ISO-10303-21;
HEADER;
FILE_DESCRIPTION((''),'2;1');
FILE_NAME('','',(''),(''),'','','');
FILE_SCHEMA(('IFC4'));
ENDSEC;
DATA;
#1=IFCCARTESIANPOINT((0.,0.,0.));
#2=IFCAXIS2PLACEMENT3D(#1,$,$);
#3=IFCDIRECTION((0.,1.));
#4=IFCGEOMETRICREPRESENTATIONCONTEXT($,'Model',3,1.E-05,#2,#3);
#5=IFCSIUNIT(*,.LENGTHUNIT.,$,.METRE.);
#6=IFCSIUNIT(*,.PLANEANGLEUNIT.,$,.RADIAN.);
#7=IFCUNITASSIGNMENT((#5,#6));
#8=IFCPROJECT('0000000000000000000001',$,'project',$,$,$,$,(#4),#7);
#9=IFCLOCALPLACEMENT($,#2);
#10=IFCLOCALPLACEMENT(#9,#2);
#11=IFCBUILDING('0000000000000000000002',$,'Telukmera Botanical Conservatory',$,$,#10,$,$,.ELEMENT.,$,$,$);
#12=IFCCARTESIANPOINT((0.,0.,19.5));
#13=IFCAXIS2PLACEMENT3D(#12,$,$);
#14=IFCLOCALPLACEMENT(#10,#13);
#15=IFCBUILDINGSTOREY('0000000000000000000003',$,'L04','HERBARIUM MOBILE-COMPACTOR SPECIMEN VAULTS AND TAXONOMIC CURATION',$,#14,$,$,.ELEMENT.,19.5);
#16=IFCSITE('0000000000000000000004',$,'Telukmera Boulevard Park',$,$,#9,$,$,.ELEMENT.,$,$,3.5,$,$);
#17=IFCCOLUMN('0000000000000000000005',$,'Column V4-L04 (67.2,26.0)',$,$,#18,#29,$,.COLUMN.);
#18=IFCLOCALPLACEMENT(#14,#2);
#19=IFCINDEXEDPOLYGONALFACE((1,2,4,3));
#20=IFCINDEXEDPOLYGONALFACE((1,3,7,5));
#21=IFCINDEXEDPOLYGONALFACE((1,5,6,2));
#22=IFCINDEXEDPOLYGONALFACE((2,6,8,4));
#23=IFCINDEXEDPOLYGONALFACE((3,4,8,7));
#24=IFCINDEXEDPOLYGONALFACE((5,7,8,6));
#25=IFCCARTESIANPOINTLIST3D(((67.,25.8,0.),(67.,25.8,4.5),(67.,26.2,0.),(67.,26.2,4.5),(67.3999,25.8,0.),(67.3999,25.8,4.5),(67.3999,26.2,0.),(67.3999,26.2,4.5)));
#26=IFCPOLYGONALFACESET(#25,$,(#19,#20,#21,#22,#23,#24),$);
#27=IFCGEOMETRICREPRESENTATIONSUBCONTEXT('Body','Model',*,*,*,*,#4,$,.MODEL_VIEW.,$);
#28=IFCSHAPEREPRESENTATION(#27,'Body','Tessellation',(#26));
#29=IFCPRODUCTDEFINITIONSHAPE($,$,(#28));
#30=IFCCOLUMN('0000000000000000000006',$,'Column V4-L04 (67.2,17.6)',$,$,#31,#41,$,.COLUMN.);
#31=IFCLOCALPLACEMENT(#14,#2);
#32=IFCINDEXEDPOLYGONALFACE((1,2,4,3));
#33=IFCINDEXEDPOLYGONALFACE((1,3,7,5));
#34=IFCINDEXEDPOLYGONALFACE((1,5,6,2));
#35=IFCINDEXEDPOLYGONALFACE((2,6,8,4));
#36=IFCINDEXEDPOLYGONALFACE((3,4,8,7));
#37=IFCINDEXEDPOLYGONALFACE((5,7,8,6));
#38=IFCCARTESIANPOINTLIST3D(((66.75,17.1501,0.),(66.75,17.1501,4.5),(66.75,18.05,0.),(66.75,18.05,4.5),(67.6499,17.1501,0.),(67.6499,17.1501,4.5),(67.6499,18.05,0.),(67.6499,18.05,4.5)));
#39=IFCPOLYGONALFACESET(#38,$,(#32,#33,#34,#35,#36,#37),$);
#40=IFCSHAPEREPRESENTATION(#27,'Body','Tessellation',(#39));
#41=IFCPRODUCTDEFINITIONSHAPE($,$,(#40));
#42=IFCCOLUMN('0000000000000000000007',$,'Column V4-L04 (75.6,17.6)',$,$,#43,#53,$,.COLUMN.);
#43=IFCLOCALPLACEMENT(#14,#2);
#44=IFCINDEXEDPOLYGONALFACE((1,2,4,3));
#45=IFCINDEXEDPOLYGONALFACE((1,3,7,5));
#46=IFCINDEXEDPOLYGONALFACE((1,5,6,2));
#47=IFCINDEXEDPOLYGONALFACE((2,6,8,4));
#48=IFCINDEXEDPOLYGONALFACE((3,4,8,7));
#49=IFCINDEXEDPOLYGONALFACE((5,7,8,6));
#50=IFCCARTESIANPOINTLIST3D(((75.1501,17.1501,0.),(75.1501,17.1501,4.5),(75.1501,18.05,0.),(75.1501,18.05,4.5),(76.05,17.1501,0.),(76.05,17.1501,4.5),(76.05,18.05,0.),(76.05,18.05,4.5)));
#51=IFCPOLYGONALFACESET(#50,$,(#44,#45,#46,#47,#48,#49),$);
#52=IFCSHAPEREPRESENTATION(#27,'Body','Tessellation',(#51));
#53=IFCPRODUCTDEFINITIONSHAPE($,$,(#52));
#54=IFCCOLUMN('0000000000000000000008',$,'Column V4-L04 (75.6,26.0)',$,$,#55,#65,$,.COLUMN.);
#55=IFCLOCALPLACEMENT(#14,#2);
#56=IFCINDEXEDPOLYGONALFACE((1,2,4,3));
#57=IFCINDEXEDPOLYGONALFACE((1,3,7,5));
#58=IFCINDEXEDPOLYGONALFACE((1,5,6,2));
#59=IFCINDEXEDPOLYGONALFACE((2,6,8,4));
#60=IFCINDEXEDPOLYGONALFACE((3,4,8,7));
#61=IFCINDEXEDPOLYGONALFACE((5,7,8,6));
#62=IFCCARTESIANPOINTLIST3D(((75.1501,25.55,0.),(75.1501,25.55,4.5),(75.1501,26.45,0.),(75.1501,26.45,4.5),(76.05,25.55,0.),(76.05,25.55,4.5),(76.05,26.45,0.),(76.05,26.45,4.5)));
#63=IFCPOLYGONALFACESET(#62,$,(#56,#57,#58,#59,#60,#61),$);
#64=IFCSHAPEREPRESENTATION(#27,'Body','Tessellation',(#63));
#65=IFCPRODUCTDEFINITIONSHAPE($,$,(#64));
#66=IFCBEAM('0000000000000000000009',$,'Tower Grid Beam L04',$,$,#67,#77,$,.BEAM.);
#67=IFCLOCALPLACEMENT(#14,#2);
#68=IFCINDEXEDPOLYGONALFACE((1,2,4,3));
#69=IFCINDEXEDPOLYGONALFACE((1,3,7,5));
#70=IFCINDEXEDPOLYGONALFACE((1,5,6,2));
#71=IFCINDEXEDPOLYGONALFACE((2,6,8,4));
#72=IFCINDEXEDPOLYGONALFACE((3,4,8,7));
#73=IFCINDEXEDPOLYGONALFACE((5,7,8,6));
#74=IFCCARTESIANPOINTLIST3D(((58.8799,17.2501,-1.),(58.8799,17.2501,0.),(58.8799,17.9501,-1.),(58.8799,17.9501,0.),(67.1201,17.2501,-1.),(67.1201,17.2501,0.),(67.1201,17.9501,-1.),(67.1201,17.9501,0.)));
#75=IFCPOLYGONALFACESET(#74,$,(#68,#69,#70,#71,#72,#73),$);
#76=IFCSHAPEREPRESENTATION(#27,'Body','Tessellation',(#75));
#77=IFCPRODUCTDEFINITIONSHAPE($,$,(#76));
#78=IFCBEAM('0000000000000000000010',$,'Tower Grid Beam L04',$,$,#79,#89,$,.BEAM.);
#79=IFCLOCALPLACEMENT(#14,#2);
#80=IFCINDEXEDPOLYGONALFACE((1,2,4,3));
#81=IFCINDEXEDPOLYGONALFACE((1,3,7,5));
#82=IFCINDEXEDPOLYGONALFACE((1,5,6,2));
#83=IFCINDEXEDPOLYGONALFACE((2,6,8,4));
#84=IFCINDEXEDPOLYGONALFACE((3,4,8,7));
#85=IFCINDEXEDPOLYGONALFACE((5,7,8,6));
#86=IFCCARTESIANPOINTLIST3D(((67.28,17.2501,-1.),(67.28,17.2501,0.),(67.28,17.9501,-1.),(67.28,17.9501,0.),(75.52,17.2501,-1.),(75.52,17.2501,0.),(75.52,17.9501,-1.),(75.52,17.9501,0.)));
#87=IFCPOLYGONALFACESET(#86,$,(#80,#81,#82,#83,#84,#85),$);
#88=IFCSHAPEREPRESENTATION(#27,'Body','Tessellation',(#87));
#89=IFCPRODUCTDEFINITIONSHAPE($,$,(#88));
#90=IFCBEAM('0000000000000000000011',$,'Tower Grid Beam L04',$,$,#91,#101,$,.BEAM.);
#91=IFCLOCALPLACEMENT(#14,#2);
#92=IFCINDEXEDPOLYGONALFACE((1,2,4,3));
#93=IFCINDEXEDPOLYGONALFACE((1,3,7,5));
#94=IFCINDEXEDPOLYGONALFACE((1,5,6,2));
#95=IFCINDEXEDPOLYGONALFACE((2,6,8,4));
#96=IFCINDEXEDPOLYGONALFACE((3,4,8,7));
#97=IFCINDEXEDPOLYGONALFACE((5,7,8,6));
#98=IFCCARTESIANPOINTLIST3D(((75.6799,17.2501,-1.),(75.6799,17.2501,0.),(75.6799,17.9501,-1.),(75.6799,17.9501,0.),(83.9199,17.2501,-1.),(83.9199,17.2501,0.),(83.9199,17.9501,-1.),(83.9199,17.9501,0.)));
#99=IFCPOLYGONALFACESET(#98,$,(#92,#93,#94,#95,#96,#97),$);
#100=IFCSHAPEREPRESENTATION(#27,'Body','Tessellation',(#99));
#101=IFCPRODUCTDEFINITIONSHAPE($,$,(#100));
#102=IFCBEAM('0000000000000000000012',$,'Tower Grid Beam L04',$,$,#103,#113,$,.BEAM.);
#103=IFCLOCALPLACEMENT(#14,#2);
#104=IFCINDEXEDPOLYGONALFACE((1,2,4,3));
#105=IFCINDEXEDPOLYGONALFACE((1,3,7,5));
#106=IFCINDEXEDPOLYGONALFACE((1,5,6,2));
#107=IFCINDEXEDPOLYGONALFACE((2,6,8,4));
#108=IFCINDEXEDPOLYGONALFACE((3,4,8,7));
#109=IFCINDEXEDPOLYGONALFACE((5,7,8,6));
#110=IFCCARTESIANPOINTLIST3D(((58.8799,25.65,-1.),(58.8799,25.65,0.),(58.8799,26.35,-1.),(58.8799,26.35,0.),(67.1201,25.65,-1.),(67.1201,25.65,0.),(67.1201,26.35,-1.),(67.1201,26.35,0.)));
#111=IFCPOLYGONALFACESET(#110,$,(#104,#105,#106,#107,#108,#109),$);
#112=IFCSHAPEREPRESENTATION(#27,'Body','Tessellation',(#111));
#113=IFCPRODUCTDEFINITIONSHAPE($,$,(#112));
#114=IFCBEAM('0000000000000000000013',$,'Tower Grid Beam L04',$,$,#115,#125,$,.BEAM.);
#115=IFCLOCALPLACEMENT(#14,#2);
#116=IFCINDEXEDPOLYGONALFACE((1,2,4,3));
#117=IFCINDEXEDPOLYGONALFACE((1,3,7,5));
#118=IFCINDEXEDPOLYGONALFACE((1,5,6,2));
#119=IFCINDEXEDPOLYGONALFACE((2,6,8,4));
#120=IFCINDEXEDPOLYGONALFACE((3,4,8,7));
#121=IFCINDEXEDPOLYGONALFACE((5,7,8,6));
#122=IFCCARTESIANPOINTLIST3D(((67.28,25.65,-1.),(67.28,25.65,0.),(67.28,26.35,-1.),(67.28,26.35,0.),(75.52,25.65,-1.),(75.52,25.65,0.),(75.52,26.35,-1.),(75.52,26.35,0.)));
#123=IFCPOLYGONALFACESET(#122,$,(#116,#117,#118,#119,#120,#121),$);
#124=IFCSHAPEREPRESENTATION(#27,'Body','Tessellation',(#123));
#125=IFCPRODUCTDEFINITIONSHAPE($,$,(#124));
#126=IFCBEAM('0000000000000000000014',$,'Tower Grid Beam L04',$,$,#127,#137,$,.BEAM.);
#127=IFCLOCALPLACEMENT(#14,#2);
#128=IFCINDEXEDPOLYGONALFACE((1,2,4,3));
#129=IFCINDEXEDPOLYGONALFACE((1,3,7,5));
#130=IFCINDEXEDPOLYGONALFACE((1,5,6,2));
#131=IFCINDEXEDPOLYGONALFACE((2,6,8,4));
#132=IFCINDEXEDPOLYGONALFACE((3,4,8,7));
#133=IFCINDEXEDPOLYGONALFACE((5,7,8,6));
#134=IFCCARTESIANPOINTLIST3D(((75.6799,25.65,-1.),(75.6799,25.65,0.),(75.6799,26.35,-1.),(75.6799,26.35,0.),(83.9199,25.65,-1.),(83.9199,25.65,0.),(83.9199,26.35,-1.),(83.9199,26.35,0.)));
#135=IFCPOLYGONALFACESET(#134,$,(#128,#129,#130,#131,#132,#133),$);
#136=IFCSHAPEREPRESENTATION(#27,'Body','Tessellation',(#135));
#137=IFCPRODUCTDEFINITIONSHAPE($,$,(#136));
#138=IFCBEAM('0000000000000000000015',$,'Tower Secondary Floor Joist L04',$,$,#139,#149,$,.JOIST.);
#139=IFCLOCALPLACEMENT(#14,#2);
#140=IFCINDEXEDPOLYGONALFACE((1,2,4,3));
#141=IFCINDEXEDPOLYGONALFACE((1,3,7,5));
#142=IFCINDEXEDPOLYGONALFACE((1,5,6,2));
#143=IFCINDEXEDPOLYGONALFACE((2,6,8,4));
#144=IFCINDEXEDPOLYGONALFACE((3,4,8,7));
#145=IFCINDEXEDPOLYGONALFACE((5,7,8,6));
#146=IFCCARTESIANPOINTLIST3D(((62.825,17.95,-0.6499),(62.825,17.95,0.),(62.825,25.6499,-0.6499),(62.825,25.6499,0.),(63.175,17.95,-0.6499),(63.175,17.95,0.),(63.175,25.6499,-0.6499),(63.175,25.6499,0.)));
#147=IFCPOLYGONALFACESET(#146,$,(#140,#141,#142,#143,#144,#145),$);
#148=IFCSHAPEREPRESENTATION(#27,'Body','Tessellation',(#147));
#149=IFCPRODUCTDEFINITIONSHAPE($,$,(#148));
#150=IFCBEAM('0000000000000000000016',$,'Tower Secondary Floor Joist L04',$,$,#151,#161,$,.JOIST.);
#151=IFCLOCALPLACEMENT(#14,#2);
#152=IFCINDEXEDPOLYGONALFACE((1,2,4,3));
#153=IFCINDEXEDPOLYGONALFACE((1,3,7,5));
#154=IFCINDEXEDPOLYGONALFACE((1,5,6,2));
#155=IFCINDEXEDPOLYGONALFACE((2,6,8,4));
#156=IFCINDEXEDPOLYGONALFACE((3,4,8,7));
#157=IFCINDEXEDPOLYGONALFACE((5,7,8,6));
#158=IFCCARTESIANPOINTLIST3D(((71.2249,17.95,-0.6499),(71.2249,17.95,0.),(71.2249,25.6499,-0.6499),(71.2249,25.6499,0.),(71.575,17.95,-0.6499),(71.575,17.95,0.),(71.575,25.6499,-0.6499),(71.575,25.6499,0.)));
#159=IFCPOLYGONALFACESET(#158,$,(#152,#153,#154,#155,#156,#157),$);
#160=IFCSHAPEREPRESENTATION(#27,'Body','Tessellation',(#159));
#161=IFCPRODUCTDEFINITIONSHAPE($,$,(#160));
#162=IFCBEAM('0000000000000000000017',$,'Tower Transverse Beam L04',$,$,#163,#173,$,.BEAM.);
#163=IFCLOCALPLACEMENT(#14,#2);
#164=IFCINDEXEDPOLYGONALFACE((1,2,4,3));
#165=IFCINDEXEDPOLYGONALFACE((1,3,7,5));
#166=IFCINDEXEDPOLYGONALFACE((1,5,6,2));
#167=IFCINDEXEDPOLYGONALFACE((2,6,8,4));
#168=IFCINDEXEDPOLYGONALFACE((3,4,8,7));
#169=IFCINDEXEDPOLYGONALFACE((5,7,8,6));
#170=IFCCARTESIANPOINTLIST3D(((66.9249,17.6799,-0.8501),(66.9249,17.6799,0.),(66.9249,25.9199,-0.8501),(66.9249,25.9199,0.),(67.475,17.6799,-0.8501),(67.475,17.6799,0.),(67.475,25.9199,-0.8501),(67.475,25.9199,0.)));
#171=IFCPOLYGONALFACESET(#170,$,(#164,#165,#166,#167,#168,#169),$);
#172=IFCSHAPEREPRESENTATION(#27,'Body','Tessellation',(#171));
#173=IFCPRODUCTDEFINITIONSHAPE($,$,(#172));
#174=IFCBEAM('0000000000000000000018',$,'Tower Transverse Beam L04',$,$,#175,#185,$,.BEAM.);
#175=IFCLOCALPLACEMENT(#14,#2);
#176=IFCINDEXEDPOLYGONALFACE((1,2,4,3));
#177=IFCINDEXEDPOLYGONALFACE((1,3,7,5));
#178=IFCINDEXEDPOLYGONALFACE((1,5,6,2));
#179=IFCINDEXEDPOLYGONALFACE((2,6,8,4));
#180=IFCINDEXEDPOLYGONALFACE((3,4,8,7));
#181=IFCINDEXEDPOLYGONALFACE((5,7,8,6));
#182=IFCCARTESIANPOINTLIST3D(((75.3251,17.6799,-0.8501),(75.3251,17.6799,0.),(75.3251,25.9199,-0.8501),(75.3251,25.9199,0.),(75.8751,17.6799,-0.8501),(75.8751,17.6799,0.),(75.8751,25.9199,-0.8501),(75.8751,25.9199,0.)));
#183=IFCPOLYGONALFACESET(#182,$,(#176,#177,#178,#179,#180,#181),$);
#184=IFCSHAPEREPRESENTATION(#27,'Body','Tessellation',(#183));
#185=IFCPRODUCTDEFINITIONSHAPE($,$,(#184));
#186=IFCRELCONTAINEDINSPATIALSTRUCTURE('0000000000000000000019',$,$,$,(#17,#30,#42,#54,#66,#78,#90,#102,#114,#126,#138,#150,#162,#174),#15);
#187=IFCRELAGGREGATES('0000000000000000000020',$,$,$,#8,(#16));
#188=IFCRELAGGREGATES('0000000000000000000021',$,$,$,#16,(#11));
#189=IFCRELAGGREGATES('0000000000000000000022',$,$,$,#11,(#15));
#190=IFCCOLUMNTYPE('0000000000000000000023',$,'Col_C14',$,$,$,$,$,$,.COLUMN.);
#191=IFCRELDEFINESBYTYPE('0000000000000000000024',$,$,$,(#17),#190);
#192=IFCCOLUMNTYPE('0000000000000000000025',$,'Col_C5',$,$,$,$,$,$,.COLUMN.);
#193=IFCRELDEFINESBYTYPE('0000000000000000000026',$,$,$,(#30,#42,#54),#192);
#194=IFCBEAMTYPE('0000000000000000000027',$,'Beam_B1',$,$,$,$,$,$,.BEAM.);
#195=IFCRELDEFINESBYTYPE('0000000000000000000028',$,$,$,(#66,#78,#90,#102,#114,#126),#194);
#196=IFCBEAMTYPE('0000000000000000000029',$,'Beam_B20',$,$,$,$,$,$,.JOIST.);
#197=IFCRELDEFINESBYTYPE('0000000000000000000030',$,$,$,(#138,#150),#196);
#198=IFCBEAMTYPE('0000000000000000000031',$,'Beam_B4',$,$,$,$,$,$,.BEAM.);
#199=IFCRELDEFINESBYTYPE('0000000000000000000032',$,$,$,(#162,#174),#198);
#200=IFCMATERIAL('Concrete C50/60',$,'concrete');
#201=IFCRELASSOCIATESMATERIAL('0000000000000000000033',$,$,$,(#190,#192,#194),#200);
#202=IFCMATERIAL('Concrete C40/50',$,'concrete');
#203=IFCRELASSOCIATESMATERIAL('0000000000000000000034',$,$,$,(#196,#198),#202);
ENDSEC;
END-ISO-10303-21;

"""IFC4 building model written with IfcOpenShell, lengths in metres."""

from ifc_helpers import new_model, si_unit, direction, frame, origin, origin_2d, place, context, subcontext, project, spatial, rectangle, extrude, material, material_profile, profile_set, type_object, element, save


model = new_model("IFC4")

# Units and contexts
model_context = context("Model", 3, precision=1e-05, world=origin(), true_north=direction((0.0, 1.0)))
body_context = subcontext(model_context, "Body", "Model", "MODEL_VIEW")
ifc_project = project(units=[si_unit("LENGTHUNIT", "METRE"), si_unit("PLANEANGLEUNIT", "RADIAN")], contexts=[model_context])

# Site, building, storey
site_placement = place(None, origin())
site = spatial("IfcSite", under=ifc_project, at=site_placement, Name="Telukmera Boulevard Park", CompositionType="ELEMENT", RefElevation=3.5)
building_placement = place(site_placement, origin())
building = spatial("IfcBuilding", under=site, at=building_placement, Name="Telukmera Botanical Conservatory", CompositionType="ELEMENT")
storey_placement = place(building_placement, frame((0.0, 0.0, 19.5)))
storey = spatial("IfcBuildingStorey", under=building, at=storey_placement, Name="L04", Description="HERBARIUM MOBILE-COMPACTOR SPECIMEN VAULTS AND TAXONOMIC CURATION", CompositionType="ELEMENT", Elevation=19.5)

# Columns
ifc_material_1 = material(Name="Concrete C50/60", Category="concrete")
ifc_material_profile_1 = material_profile(ifc_material_1, rectangle(XDim=0.3999, YDim=0.3999, at=origin_2d()), Name="RC 400x400")
ifc_profile_set_1 = profile_set([ifc_material_profile_1], Name="Concrete C50/60")
column_type_1 = type_object("IfcColumnType", Name="Col_C14", PredefinedType="COLUMN", material=ifc_profile_set_1)
column_placement = place(storey_placement, frame((67.2, 26.0, 0.0), z_axis=(0.0, 0.0, 1.0), x_axis=(1.0, 0.0, 0.0)))
element("IfcColumn", 1, at=column_placement, inside=storey, type_object=column_type_1, Name="Column V4-L04 (67.2,26.0)", PredefinedType="COLUMN", context=body_context, shape_type="SweptSolid", body=[
    extrude(rectangle(XDim=0.3999, YDim=0.3999, at=origin_2d()), origin(), (0.0, 0.0, 1.0), 4.5),
])
ifc_material_profile_2 = material_profile(ifc_material_1, rectangle(XDim=0.8999, YDim=0.8999, at=origin_2d()), Name="RC 900x900")
ifc_profile_set_2 = profile_set([ifc_material_profile_2], Name="Concrete C50/60")
column_type_2 = type_object("IfcColumnType", Name="Col_C5", PredefinedType="COLUMN", material=ifc_profile_set_2)
for number, where, z_axis, x_axis, name in (
    (2, (67.2, 17.6001, 0.0), (0.0, 0.0, 1.0), (1.0, 0.0, 0.0), "Column V4-L04 (67.2,17.6)"),
    (3, (75.6001, 17.6001, 0.0), (0.0, 0.0, 1.0), (1.0, 0.0, 0.0), "Column V4-L04 (75.6,17.6)"),
    (4, (75.6001, 26.0, 0.0), (0.0, 0.0, 1.0), (1.0, 0.0, 0.0), "Column V4-L04 (75.6,26.0)"),
):
    element("IfcColumn", number, at=place(storey_placement, frame(where, z_axis=z_axis, x_axis=x_axis)), inside=storey, type_object=column_type_2, Name=name, PredefinedType="COLUMN", context=body_context, shape_type="SweptSolid", body=[
        extrude(rectangle(XDim=0.8999, YDim=0.8999, at=origin_2d()), origin(), (0.0, 0.0, 1.0), 4.5),
    ])

# Beams
ifc_material_profile_3 = material_profile(ifc_material_1, rectangle(XDim=0.7, YDim=1.0, at=origin_2d()), Name="RC 700x1000")
ifc_profile_set_3 = profile_set([ifc_material_profile_3], Name="Concrete C50/60")
beam_type_1 = type_object("IfcBeamType", Name="Beam_B1", PredefinedType="BEAM", material=ifc_profile_set_3)
beam_1_placement = place(storey_placement, frame((58.8799, 17.6001, -0.5), z_axis=(1.0, 0.0, 0.0), x_axis=(0.0, 1.0, 0.0)))
element("IfcBeam", 5, at=beam_1_placement, inside=storey, type_object=beam_type_1, Name="Tower Grid Beam L04", PredefinedType="BEAM", context=body_context, shape_type="SweptSolid", body=[
    extrude(rectangle(XDim=0.7, YDim=1.0, at=origin_2d()), origin(), (0.0, 0.0, 1.0), 8.2402),
])
for number, where, z_axis, x_axis, name in (
    (6, (67.28, 17.6001, -0.5), (1.0, 0.0, 0.0), (0.0, 1.0, 0.0), "Tower Grid Beam L04"),
    (7, (75.6799, 17.6001, -0.5), (1.0, 0.0, 0.0), (0.0, 1.0, 0.0), "Tower Grid Beam L04"),
):
    element("IfcBeam", number, at=place(storey_placement, frame(where, z_axis=z_axis, x_axis=x_axis)), inside=storey, type_object=beam_type_1, Name=name, PredefinedType="BEAM", context=body_context, shape_type="SweptSolid", body=[
        extrude(rectangle(XDim=0.7, YDim=1.0, at=origin_2d()), origin(), (0.0, 0.0, 1.0), 8.24),
    ])
beam_2_placement = place(storey_placement, frame((58.8799, 26.0, -0.5), z_axis=(1.0, 0.0, 0.0), x_axis=(0.0, 1.0, 0.0)))
element("IfcBeam", 8, at=beam_2_placement, inside=storey, type_object=beam_type_1, Name="Tower Grid Beam L04", PredefinedType="BEAM", context=body_context, shape_type="SweptSolid", body=[
    extrude(rectangle(XDim=0.7, YDim=1.0, at=origin_2d()), origin(), (0.0, 0.0, 1.0), 8.2402),
])
for number, where, z_axis, x_axis, name in (
    (9, (67.28, 26.0, -0.5), (1.0, 0.0, 0.0), (0.0, 1.0, 0.0), "Tower Grid Beam L04"),
    (10, (75.6799, 26.0, -0.5), (1.0, 0.0, 0.0), (0.0, 1.0, 0.0), "Tower Grid Beam L04"),
):
    element("IfcBeam", number, at=place(storey_placement, frame(where, z_axis=z_axis, x_axis=x_axis)), inside=storey, type_object=beam_type_1, Name=name, PredefinedType="BEAM", context=body_context, shape_type="SweptSolid", body=[
        extrude(rectangle(XDim=0.7, YDim=1.0, at=origin_2d()), origin(), (0.0, 0.0, 1.0), 8.24),
    ])
ifc_material_2 = material(Name="Concrete C40/50", Category="concrete")
ifc_material_profile_4 = material_profile(ifc_material_2, rectangle(XDim=0.3501, YDim=0.6499, at=origin_2d()), Name="RC 350x650")
ifc_profile_set_4 = profile_set([ifc_material_profile_4], Name="Concrete C40/50")
beam_type_2 = type_object("IfcBeamType", Name="Beam_B20", PredefinedType="JOIST", material=ifc_profile_set_4)
for number, where, z_axis, x_axis, name in (
    (11, (63.0, 17.95, -0.325), (0.0, 1.0, 0.0), (-1.0, 0.0, 0.0), "Tower Secondary Floor Joist L04"),
    (12, (71.3999, 17.95, -0.325), (0.0, 1.0, 0.0), (-1.0, 0.0, 0.0), "Tower Secondary Floor Joist L04"),
):
    element("IfcBeam", number, at=place(storey_placement, frame(where, z_axis=z_axis, x_axis=x_axis)), inside=storey, type_object=beam_type_2, Name=name, PredefinedType="JOIST", context=body_context, shape_type="SweptSolid", body=[
        extrude(rectangle(XDim=0.3501, YDim=0.6499, at=origin_2d()), origin(), (0.0, 0.0, 1.0), 7.7),
    ])
ifc_material_profile_5 = material_profile(ifc_material_2, rectangle(XDim=0.55, YDim=0.8501, at=origin_2d()), Name="RC 550x850")
ifc_profile_set_5 = profile_set([ifc_material_profile_5], Name="Concrete C40/50")
beam_type_3 = type_object("IfcBeamType", Name="Beam_B4", PredefinedType="BEAM", material=ifc_profile_set_5)
for number, where, z_axis, x_axis, name in (
    (13, (67.2, 17.6799, -0.425), (0.0, 1.0, 0.0), (-1.0, 0.0, 0.0), "Tower Transverse Beam L04"),
    (14, (75.6001, 17.6799, -0.425), (0.0, 1.0, 0.0), (-1.0, 0.0, 0.0), "Tower Transverse Beam L04"),
):
    element("IfcBeam", number, at=place(storey_placement, frame(where, z_axis=z_axis, x_axis=x_axis)), inside=storey, type_object=beam_type_3, Name=name, PredefinedType="BEAM", context=body_context, shape_type="SweptSolid", body=[
        extrude(rectangle(XDim=0.55, YDim=0.8501, at=origin_2d()), origin(), (0.0, 0.0, 1.0), 8.24),
    ])

save(model, "model.ifc")
